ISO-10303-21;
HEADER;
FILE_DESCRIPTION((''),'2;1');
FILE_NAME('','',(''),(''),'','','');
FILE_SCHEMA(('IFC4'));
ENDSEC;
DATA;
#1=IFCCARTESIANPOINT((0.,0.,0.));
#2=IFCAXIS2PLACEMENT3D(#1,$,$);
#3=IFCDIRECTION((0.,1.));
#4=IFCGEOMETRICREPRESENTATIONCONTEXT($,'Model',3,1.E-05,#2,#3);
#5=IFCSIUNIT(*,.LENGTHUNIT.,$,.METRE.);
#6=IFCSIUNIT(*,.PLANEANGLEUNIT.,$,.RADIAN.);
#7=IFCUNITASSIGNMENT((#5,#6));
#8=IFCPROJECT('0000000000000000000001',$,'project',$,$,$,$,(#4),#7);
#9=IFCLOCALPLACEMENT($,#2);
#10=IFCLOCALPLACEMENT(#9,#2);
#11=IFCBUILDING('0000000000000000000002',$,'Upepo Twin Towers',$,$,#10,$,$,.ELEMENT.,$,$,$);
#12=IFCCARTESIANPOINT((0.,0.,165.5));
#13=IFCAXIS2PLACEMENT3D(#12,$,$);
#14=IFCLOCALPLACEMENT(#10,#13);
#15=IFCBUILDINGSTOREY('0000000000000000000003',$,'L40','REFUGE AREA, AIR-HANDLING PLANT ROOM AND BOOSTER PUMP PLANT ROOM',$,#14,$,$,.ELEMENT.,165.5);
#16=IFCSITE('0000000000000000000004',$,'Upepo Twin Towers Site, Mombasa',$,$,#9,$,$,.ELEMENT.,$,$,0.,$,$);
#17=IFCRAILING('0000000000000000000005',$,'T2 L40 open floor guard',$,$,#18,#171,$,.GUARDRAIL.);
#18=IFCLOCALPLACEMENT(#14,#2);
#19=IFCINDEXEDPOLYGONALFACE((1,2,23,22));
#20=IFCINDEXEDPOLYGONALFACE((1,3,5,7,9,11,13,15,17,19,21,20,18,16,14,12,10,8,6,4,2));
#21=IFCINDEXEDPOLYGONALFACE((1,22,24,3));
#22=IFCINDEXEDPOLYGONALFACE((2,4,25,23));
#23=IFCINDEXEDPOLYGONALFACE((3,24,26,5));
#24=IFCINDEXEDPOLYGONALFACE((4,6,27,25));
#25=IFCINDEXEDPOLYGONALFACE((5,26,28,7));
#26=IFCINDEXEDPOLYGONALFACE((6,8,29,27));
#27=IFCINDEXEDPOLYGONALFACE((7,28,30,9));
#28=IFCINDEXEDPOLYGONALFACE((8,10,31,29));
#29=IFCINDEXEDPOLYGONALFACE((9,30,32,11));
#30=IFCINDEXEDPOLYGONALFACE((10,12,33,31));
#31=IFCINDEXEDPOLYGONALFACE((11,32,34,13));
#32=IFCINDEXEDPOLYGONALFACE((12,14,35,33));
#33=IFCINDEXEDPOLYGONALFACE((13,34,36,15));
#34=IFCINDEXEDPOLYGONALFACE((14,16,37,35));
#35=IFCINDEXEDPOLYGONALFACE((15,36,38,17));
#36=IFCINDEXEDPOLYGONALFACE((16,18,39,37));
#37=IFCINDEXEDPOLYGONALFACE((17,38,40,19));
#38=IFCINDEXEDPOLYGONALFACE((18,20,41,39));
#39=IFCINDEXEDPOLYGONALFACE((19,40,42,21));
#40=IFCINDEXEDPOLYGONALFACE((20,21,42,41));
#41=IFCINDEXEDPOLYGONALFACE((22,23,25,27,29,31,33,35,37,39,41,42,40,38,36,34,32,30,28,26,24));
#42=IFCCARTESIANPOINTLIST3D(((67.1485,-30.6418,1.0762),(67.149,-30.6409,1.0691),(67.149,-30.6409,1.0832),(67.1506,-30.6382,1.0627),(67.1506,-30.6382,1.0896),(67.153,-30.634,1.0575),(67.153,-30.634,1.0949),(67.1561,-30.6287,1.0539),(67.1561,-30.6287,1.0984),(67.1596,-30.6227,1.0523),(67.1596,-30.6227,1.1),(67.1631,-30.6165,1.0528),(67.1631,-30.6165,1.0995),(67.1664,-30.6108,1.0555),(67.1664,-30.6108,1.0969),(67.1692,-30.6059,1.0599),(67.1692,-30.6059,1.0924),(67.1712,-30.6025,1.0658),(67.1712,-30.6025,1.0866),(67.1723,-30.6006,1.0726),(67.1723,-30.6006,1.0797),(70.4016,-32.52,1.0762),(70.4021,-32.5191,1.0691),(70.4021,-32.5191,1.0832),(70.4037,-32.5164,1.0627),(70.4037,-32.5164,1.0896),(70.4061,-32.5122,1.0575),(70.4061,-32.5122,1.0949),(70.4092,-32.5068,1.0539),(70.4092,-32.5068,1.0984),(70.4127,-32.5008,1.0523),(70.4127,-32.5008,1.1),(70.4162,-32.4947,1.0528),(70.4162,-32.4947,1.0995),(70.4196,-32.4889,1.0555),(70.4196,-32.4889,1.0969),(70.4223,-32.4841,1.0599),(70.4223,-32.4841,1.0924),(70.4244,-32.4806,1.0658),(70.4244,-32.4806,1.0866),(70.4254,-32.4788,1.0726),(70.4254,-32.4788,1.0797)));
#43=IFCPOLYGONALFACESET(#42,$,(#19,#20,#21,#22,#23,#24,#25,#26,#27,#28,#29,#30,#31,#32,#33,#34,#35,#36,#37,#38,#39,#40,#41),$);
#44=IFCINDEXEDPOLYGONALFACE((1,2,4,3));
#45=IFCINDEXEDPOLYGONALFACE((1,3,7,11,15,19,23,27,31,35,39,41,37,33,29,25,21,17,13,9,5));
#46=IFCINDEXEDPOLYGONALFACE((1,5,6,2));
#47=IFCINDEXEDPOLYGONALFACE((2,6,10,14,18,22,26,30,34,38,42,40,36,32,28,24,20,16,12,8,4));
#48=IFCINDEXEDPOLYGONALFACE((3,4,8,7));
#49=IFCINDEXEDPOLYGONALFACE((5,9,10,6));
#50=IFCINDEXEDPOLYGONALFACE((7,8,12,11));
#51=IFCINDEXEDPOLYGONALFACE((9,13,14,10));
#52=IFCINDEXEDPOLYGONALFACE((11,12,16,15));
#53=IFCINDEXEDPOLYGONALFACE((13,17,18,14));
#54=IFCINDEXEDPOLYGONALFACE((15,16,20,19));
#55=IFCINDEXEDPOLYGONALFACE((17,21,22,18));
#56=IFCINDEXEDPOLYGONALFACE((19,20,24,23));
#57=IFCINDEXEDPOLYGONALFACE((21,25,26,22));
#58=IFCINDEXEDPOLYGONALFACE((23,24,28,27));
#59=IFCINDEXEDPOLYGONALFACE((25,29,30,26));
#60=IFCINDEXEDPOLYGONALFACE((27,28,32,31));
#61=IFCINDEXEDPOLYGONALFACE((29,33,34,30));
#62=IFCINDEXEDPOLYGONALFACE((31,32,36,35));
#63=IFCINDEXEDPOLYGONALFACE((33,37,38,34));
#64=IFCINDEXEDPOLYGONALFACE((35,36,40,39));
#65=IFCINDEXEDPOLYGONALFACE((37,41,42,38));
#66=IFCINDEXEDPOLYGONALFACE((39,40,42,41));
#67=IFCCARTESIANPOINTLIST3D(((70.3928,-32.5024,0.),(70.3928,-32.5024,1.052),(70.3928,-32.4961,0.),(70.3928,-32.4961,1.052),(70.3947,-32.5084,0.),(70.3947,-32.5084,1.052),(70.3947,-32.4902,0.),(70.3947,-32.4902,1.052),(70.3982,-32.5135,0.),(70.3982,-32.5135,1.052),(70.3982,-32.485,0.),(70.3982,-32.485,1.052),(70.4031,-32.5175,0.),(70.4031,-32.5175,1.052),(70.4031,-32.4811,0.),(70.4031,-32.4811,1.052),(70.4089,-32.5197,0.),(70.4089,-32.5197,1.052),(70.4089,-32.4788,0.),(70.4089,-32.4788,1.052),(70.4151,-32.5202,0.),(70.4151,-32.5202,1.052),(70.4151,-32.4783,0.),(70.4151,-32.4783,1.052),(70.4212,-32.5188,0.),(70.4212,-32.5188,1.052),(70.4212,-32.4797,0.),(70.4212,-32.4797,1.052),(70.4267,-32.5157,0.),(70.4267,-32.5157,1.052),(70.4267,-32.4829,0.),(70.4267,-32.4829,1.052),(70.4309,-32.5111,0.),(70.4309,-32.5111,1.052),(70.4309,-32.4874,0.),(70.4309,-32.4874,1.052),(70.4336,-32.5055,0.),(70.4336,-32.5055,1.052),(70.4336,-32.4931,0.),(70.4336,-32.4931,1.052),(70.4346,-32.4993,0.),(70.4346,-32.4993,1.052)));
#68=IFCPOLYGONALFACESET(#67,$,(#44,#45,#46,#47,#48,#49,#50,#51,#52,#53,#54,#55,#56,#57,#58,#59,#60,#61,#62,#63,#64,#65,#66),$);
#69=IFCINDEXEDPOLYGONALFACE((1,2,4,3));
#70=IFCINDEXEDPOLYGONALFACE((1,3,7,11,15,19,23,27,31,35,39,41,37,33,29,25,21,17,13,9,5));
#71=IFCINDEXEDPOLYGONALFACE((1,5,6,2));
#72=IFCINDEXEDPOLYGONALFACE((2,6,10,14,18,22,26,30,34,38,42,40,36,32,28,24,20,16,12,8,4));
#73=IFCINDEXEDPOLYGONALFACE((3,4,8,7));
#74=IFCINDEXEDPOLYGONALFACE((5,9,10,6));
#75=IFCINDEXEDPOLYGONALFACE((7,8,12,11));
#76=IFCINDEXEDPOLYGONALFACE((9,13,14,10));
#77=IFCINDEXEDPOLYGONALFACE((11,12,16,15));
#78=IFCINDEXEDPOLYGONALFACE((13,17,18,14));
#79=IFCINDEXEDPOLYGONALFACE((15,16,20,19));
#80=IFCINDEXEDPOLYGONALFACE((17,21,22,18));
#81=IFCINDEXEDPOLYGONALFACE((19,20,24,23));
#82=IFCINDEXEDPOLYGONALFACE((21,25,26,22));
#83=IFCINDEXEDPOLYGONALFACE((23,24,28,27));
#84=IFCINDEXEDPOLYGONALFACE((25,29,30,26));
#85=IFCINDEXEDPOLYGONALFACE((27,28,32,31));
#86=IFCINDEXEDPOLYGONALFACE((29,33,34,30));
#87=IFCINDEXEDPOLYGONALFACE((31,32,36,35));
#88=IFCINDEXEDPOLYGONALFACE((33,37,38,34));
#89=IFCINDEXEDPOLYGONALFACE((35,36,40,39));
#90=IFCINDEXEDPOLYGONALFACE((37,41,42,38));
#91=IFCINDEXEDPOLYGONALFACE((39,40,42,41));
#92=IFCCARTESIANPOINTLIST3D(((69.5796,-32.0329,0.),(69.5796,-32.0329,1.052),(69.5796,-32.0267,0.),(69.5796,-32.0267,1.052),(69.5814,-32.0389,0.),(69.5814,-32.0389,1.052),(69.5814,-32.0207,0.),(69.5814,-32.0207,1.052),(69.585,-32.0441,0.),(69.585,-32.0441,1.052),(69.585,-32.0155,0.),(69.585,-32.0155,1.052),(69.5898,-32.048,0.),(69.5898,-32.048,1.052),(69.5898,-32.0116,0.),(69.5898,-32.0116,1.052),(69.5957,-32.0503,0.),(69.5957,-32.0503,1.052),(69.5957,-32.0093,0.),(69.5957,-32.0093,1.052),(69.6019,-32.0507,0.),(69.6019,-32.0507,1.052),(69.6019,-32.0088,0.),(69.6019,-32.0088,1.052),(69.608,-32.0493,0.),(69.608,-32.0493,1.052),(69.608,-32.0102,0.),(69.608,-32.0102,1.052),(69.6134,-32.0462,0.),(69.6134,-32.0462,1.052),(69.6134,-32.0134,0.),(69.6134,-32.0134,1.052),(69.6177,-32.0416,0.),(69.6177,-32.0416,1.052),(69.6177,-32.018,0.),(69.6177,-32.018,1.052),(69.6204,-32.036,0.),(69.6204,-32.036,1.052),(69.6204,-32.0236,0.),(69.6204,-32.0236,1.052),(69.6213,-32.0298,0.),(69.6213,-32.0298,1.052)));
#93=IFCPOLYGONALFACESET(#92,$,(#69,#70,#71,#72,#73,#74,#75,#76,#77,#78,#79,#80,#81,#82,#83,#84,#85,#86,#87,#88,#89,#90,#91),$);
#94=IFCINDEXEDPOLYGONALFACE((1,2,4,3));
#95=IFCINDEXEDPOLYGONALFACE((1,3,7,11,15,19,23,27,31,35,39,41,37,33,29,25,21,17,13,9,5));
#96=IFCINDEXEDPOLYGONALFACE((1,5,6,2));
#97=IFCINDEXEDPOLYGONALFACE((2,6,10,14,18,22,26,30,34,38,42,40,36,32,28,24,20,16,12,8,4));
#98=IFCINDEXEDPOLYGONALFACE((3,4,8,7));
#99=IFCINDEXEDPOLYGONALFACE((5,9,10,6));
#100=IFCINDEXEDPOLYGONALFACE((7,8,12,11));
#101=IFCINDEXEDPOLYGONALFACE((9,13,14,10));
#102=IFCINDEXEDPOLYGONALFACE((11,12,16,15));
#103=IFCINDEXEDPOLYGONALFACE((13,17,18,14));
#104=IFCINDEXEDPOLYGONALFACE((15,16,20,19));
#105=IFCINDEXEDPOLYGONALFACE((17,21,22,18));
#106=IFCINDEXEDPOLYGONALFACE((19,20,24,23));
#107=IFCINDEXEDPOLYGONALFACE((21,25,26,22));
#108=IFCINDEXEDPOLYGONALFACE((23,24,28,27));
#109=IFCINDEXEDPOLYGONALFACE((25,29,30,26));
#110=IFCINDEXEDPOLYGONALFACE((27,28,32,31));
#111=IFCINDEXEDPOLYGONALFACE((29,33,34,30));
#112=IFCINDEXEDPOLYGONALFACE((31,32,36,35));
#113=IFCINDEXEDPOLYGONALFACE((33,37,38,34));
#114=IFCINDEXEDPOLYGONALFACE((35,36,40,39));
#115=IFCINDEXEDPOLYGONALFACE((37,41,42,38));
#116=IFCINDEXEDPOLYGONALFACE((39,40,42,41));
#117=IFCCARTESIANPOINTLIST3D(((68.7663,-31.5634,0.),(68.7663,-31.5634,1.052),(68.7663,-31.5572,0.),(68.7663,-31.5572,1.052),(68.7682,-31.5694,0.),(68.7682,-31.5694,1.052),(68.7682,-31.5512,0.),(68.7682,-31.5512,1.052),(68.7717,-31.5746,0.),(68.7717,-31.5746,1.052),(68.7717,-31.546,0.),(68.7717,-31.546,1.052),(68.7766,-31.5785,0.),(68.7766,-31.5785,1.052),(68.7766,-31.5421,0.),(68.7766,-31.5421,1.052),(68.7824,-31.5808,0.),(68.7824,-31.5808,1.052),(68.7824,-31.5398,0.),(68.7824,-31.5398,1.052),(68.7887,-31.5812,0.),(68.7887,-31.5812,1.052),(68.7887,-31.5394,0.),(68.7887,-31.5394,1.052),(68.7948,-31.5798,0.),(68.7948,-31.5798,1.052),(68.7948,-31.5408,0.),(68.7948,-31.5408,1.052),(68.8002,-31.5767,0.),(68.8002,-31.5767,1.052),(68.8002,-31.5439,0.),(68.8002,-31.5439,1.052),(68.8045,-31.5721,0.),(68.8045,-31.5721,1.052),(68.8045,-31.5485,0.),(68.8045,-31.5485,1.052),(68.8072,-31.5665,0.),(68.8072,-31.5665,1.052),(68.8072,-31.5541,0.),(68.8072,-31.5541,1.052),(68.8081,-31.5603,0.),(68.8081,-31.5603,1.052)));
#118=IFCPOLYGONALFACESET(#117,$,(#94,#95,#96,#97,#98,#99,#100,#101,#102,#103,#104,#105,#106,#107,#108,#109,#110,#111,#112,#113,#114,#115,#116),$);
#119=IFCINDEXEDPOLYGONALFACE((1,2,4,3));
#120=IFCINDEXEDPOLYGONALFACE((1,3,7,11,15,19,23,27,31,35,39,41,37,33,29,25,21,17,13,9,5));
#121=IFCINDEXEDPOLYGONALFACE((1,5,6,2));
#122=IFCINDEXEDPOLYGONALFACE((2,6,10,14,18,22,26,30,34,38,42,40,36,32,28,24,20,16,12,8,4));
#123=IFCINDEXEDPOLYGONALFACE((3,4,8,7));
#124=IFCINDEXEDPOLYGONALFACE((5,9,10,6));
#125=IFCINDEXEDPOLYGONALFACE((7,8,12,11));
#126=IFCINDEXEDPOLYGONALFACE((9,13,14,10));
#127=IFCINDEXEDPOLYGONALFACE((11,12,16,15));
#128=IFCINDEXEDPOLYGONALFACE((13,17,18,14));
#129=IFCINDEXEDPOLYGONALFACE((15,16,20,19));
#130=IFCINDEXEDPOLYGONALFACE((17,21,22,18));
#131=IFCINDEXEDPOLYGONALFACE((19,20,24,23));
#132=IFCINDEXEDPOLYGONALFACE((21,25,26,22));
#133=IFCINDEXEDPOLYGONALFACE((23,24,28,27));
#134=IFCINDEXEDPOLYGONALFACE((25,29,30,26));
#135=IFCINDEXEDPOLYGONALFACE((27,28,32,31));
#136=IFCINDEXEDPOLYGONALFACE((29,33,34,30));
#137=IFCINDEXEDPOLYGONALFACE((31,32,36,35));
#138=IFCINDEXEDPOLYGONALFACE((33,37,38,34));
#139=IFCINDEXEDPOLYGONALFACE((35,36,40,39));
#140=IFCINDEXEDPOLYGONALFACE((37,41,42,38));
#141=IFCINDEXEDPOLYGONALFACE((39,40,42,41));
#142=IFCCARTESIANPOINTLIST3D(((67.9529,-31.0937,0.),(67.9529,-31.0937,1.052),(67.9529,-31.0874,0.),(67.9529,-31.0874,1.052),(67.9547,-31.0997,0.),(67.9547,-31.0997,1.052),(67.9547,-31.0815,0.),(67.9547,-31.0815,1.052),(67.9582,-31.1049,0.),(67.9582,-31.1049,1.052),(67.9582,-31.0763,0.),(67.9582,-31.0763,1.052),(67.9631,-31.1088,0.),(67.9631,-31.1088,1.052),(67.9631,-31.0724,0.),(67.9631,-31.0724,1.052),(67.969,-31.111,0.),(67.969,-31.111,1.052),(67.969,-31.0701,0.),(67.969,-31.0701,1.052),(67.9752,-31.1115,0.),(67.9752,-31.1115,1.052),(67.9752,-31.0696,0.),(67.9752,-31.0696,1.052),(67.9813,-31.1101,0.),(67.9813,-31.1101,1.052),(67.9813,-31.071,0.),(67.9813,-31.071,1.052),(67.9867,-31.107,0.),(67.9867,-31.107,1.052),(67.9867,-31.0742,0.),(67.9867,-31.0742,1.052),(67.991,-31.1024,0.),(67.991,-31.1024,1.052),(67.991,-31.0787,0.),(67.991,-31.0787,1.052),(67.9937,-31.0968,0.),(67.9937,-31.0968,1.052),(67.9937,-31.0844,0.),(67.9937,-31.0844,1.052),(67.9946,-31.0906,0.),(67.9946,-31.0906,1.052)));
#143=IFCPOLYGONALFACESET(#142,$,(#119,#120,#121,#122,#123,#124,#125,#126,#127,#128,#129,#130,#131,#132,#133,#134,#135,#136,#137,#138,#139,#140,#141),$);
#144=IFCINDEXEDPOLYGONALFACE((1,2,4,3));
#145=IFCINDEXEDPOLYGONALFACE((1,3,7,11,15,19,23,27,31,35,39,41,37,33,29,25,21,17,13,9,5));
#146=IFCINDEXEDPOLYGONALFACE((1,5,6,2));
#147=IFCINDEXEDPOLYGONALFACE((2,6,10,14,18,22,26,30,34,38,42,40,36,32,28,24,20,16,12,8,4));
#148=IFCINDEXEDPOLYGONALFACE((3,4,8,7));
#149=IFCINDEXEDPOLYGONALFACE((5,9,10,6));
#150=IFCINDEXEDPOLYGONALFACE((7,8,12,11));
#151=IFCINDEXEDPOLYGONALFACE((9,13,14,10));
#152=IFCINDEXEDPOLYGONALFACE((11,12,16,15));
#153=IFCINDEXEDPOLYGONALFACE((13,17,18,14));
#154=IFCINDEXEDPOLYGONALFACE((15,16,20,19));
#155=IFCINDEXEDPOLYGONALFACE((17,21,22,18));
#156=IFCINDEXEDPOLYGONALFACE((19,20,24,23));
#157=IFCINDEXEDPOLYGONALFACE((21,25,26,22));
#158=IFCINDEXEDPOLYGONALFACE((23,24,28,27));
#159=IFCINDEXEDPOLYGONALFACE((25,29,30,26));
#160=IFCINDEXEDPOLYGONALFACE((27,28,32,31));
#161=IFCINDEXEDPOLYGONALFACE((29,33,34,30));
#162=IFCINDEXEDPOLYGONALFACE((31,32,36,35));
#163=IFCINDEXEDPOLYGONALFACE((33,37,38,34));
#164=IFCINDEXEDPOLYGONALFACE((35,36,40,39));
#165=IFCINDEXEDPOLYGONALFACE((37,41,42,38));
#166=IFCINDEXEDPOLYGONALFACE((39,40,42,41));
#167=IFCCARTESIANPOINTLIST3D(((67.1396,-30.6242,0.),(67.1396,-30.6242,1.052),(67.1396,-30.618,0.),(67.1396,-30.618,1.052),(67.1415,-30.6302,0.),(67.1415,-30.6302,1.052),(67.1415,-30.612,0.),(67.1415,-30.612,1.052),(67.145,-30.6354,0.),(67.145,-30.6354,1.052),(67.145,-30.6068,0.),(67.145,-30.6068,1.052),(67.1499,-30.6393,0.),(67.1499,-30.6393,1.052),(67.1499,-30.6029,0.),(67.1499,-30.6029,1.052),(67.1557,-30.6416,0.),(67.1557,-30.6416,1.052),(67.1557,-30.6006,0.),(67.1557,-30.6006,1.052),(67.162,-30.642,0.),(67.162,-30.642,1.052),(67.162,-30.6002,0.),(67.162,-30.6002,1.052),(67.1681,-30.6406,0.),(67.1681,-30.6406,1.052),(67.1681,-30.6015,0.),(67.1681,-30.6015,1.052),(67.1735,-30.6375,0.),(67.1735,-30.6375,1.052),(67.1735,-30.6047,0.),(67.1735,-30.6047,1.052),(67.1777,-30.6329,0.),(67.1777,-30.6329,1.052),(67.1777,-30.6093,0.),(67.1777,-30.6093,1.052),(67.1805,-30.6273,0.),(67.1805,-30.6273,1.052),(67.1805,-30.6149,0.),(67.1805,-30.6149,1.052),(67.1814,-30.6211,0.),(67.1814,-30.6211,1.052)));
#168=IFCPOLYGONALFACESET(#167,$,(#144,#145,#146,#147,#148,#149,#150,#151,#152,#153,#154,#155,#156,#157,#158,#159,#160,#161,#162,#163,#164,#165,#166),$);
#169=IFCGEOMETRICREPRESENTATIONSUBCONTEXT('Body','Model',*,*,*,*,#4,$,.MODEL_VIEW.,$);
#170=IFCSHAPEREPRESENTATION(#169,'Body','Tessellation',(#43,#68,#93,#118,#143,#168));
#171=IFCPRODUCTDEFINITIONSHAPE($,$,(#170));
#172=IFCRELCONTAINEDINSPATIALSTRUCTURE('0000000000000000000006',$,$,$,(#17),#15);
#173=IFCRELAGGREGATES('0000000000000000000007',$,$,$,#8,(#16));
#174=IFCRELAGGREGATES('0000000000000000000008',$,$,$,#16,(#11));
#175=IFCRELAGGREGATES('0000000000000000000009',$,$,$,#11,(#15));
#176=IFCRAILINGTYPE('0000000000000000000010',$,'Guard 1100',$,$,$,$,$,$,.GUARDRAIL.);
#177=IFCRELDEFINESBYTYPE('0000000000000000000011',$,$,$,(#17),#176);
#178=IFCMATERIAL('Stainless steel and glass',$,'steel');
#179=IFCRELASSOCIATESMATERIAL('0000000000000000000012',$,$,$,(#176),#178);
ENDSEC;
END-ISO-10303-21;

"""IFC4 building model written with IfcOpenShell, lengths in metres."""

from ifc_helpers import new_model, si_unit, direction, frame, origin, origin_2d, place, context, subcontext, project, spatial, circle, extrude, material, type_object, element, save


model = new_model("IFC4")

# Units and contexts
model_context = context("Model", 3, precision=1e-05, world=origin(), true_north=direction((0.0, 1.0)))
body_context = subcontext(model_context, "Body", "Model", "MODEL_VIEW")
ifc_project = project(units=[si_unit("LENGTHUNIT", "METRE"), si_unit("PLANEANGLEUNIT", "RADIAN")], contexts=[model_context])

# Site, building, storey
site_placement = place(None, origin())
site = spatial("IfcSite", under=ifc_project, at=site_placement, Name="Upepo Twin Towers Site, Mombasa", CompositionType="ELEMENT", RefElevation=0.0)
building_placement = place(site_placement, origin())
building = spatial("IfcBuilding", under=site, at=building_placement, Name="Upepo Twin Towers", CompositionType="ELEMENT")
storey_placement = place(building_placement, frame((0.0, 0.0, 165.5)))
storey = spatial("IfcBuildingStorey", under=building, at=storey_placement, Name="L40", Description="REFUGE AREA, AIR-HANDLING PLANT ROOM AND BOOSTER PUMP PLANT ROOM", CompositionType="ELEMENT", Elevation=165.5)

# Railing
ifc_material_1 = material(Name="Stainless steel and glass", Category="steel")
railing_type_1 = type_object("IfcRailingType", Name="Guard 1100", PredefinedType="GUARDRAIL", material=ifc_material_1)
railing_1_placement = place(storey_placement, frame((70.4136, -32.4993, 0.0)))
element("IfcRailing", 1, at=railing_1_placement, inside=storey, type_object=railing_type_1, Name="T2 L40 open floor guard", PredefinedType="GUARDRAIL", context=body_context, shape_type="SweptSolid", body=[
    extrude(circle(Radius=0.0239, at=origin_2d()), frame((0.0, 0.0, 1.0762), z_axis=(-0.866031, 0.499991, 0.0), x_axis=(-0.499991, -0.866031, 0.0)), (0.0, 0.0, 1.0), 3.7563),
    extrude(circle(Radius=0.021, at=origin_2d()), origin(), (0.0, 0.0, 1.0), 1.052),
    extrude(circle(Radius=0.021, at=origin_2d()), frame((-0.8132, 0.4695, 0.0)), (0.0, 0.0, 1.0), 1.052),
    extrude(circle(Radius=0.021, at=origin_2d()), frame((-1.6265, 0.939, 0.0)), (0.0, 0.0, 1.0), 1.052),
    extrude(circle(Radius=0.021, at=origin_2d()), frame((-2.4399, 1.4087, 0.0)), (0.0, 0.0, 1.0), 1.052),
    extrude(circle(Radius=0.021, at=origin_2d()), frame((-3.2532, 1.8782, 0.0)), (0.0, 0.0, 1.0), 1.052),
])

save(model, "model.ifc")
